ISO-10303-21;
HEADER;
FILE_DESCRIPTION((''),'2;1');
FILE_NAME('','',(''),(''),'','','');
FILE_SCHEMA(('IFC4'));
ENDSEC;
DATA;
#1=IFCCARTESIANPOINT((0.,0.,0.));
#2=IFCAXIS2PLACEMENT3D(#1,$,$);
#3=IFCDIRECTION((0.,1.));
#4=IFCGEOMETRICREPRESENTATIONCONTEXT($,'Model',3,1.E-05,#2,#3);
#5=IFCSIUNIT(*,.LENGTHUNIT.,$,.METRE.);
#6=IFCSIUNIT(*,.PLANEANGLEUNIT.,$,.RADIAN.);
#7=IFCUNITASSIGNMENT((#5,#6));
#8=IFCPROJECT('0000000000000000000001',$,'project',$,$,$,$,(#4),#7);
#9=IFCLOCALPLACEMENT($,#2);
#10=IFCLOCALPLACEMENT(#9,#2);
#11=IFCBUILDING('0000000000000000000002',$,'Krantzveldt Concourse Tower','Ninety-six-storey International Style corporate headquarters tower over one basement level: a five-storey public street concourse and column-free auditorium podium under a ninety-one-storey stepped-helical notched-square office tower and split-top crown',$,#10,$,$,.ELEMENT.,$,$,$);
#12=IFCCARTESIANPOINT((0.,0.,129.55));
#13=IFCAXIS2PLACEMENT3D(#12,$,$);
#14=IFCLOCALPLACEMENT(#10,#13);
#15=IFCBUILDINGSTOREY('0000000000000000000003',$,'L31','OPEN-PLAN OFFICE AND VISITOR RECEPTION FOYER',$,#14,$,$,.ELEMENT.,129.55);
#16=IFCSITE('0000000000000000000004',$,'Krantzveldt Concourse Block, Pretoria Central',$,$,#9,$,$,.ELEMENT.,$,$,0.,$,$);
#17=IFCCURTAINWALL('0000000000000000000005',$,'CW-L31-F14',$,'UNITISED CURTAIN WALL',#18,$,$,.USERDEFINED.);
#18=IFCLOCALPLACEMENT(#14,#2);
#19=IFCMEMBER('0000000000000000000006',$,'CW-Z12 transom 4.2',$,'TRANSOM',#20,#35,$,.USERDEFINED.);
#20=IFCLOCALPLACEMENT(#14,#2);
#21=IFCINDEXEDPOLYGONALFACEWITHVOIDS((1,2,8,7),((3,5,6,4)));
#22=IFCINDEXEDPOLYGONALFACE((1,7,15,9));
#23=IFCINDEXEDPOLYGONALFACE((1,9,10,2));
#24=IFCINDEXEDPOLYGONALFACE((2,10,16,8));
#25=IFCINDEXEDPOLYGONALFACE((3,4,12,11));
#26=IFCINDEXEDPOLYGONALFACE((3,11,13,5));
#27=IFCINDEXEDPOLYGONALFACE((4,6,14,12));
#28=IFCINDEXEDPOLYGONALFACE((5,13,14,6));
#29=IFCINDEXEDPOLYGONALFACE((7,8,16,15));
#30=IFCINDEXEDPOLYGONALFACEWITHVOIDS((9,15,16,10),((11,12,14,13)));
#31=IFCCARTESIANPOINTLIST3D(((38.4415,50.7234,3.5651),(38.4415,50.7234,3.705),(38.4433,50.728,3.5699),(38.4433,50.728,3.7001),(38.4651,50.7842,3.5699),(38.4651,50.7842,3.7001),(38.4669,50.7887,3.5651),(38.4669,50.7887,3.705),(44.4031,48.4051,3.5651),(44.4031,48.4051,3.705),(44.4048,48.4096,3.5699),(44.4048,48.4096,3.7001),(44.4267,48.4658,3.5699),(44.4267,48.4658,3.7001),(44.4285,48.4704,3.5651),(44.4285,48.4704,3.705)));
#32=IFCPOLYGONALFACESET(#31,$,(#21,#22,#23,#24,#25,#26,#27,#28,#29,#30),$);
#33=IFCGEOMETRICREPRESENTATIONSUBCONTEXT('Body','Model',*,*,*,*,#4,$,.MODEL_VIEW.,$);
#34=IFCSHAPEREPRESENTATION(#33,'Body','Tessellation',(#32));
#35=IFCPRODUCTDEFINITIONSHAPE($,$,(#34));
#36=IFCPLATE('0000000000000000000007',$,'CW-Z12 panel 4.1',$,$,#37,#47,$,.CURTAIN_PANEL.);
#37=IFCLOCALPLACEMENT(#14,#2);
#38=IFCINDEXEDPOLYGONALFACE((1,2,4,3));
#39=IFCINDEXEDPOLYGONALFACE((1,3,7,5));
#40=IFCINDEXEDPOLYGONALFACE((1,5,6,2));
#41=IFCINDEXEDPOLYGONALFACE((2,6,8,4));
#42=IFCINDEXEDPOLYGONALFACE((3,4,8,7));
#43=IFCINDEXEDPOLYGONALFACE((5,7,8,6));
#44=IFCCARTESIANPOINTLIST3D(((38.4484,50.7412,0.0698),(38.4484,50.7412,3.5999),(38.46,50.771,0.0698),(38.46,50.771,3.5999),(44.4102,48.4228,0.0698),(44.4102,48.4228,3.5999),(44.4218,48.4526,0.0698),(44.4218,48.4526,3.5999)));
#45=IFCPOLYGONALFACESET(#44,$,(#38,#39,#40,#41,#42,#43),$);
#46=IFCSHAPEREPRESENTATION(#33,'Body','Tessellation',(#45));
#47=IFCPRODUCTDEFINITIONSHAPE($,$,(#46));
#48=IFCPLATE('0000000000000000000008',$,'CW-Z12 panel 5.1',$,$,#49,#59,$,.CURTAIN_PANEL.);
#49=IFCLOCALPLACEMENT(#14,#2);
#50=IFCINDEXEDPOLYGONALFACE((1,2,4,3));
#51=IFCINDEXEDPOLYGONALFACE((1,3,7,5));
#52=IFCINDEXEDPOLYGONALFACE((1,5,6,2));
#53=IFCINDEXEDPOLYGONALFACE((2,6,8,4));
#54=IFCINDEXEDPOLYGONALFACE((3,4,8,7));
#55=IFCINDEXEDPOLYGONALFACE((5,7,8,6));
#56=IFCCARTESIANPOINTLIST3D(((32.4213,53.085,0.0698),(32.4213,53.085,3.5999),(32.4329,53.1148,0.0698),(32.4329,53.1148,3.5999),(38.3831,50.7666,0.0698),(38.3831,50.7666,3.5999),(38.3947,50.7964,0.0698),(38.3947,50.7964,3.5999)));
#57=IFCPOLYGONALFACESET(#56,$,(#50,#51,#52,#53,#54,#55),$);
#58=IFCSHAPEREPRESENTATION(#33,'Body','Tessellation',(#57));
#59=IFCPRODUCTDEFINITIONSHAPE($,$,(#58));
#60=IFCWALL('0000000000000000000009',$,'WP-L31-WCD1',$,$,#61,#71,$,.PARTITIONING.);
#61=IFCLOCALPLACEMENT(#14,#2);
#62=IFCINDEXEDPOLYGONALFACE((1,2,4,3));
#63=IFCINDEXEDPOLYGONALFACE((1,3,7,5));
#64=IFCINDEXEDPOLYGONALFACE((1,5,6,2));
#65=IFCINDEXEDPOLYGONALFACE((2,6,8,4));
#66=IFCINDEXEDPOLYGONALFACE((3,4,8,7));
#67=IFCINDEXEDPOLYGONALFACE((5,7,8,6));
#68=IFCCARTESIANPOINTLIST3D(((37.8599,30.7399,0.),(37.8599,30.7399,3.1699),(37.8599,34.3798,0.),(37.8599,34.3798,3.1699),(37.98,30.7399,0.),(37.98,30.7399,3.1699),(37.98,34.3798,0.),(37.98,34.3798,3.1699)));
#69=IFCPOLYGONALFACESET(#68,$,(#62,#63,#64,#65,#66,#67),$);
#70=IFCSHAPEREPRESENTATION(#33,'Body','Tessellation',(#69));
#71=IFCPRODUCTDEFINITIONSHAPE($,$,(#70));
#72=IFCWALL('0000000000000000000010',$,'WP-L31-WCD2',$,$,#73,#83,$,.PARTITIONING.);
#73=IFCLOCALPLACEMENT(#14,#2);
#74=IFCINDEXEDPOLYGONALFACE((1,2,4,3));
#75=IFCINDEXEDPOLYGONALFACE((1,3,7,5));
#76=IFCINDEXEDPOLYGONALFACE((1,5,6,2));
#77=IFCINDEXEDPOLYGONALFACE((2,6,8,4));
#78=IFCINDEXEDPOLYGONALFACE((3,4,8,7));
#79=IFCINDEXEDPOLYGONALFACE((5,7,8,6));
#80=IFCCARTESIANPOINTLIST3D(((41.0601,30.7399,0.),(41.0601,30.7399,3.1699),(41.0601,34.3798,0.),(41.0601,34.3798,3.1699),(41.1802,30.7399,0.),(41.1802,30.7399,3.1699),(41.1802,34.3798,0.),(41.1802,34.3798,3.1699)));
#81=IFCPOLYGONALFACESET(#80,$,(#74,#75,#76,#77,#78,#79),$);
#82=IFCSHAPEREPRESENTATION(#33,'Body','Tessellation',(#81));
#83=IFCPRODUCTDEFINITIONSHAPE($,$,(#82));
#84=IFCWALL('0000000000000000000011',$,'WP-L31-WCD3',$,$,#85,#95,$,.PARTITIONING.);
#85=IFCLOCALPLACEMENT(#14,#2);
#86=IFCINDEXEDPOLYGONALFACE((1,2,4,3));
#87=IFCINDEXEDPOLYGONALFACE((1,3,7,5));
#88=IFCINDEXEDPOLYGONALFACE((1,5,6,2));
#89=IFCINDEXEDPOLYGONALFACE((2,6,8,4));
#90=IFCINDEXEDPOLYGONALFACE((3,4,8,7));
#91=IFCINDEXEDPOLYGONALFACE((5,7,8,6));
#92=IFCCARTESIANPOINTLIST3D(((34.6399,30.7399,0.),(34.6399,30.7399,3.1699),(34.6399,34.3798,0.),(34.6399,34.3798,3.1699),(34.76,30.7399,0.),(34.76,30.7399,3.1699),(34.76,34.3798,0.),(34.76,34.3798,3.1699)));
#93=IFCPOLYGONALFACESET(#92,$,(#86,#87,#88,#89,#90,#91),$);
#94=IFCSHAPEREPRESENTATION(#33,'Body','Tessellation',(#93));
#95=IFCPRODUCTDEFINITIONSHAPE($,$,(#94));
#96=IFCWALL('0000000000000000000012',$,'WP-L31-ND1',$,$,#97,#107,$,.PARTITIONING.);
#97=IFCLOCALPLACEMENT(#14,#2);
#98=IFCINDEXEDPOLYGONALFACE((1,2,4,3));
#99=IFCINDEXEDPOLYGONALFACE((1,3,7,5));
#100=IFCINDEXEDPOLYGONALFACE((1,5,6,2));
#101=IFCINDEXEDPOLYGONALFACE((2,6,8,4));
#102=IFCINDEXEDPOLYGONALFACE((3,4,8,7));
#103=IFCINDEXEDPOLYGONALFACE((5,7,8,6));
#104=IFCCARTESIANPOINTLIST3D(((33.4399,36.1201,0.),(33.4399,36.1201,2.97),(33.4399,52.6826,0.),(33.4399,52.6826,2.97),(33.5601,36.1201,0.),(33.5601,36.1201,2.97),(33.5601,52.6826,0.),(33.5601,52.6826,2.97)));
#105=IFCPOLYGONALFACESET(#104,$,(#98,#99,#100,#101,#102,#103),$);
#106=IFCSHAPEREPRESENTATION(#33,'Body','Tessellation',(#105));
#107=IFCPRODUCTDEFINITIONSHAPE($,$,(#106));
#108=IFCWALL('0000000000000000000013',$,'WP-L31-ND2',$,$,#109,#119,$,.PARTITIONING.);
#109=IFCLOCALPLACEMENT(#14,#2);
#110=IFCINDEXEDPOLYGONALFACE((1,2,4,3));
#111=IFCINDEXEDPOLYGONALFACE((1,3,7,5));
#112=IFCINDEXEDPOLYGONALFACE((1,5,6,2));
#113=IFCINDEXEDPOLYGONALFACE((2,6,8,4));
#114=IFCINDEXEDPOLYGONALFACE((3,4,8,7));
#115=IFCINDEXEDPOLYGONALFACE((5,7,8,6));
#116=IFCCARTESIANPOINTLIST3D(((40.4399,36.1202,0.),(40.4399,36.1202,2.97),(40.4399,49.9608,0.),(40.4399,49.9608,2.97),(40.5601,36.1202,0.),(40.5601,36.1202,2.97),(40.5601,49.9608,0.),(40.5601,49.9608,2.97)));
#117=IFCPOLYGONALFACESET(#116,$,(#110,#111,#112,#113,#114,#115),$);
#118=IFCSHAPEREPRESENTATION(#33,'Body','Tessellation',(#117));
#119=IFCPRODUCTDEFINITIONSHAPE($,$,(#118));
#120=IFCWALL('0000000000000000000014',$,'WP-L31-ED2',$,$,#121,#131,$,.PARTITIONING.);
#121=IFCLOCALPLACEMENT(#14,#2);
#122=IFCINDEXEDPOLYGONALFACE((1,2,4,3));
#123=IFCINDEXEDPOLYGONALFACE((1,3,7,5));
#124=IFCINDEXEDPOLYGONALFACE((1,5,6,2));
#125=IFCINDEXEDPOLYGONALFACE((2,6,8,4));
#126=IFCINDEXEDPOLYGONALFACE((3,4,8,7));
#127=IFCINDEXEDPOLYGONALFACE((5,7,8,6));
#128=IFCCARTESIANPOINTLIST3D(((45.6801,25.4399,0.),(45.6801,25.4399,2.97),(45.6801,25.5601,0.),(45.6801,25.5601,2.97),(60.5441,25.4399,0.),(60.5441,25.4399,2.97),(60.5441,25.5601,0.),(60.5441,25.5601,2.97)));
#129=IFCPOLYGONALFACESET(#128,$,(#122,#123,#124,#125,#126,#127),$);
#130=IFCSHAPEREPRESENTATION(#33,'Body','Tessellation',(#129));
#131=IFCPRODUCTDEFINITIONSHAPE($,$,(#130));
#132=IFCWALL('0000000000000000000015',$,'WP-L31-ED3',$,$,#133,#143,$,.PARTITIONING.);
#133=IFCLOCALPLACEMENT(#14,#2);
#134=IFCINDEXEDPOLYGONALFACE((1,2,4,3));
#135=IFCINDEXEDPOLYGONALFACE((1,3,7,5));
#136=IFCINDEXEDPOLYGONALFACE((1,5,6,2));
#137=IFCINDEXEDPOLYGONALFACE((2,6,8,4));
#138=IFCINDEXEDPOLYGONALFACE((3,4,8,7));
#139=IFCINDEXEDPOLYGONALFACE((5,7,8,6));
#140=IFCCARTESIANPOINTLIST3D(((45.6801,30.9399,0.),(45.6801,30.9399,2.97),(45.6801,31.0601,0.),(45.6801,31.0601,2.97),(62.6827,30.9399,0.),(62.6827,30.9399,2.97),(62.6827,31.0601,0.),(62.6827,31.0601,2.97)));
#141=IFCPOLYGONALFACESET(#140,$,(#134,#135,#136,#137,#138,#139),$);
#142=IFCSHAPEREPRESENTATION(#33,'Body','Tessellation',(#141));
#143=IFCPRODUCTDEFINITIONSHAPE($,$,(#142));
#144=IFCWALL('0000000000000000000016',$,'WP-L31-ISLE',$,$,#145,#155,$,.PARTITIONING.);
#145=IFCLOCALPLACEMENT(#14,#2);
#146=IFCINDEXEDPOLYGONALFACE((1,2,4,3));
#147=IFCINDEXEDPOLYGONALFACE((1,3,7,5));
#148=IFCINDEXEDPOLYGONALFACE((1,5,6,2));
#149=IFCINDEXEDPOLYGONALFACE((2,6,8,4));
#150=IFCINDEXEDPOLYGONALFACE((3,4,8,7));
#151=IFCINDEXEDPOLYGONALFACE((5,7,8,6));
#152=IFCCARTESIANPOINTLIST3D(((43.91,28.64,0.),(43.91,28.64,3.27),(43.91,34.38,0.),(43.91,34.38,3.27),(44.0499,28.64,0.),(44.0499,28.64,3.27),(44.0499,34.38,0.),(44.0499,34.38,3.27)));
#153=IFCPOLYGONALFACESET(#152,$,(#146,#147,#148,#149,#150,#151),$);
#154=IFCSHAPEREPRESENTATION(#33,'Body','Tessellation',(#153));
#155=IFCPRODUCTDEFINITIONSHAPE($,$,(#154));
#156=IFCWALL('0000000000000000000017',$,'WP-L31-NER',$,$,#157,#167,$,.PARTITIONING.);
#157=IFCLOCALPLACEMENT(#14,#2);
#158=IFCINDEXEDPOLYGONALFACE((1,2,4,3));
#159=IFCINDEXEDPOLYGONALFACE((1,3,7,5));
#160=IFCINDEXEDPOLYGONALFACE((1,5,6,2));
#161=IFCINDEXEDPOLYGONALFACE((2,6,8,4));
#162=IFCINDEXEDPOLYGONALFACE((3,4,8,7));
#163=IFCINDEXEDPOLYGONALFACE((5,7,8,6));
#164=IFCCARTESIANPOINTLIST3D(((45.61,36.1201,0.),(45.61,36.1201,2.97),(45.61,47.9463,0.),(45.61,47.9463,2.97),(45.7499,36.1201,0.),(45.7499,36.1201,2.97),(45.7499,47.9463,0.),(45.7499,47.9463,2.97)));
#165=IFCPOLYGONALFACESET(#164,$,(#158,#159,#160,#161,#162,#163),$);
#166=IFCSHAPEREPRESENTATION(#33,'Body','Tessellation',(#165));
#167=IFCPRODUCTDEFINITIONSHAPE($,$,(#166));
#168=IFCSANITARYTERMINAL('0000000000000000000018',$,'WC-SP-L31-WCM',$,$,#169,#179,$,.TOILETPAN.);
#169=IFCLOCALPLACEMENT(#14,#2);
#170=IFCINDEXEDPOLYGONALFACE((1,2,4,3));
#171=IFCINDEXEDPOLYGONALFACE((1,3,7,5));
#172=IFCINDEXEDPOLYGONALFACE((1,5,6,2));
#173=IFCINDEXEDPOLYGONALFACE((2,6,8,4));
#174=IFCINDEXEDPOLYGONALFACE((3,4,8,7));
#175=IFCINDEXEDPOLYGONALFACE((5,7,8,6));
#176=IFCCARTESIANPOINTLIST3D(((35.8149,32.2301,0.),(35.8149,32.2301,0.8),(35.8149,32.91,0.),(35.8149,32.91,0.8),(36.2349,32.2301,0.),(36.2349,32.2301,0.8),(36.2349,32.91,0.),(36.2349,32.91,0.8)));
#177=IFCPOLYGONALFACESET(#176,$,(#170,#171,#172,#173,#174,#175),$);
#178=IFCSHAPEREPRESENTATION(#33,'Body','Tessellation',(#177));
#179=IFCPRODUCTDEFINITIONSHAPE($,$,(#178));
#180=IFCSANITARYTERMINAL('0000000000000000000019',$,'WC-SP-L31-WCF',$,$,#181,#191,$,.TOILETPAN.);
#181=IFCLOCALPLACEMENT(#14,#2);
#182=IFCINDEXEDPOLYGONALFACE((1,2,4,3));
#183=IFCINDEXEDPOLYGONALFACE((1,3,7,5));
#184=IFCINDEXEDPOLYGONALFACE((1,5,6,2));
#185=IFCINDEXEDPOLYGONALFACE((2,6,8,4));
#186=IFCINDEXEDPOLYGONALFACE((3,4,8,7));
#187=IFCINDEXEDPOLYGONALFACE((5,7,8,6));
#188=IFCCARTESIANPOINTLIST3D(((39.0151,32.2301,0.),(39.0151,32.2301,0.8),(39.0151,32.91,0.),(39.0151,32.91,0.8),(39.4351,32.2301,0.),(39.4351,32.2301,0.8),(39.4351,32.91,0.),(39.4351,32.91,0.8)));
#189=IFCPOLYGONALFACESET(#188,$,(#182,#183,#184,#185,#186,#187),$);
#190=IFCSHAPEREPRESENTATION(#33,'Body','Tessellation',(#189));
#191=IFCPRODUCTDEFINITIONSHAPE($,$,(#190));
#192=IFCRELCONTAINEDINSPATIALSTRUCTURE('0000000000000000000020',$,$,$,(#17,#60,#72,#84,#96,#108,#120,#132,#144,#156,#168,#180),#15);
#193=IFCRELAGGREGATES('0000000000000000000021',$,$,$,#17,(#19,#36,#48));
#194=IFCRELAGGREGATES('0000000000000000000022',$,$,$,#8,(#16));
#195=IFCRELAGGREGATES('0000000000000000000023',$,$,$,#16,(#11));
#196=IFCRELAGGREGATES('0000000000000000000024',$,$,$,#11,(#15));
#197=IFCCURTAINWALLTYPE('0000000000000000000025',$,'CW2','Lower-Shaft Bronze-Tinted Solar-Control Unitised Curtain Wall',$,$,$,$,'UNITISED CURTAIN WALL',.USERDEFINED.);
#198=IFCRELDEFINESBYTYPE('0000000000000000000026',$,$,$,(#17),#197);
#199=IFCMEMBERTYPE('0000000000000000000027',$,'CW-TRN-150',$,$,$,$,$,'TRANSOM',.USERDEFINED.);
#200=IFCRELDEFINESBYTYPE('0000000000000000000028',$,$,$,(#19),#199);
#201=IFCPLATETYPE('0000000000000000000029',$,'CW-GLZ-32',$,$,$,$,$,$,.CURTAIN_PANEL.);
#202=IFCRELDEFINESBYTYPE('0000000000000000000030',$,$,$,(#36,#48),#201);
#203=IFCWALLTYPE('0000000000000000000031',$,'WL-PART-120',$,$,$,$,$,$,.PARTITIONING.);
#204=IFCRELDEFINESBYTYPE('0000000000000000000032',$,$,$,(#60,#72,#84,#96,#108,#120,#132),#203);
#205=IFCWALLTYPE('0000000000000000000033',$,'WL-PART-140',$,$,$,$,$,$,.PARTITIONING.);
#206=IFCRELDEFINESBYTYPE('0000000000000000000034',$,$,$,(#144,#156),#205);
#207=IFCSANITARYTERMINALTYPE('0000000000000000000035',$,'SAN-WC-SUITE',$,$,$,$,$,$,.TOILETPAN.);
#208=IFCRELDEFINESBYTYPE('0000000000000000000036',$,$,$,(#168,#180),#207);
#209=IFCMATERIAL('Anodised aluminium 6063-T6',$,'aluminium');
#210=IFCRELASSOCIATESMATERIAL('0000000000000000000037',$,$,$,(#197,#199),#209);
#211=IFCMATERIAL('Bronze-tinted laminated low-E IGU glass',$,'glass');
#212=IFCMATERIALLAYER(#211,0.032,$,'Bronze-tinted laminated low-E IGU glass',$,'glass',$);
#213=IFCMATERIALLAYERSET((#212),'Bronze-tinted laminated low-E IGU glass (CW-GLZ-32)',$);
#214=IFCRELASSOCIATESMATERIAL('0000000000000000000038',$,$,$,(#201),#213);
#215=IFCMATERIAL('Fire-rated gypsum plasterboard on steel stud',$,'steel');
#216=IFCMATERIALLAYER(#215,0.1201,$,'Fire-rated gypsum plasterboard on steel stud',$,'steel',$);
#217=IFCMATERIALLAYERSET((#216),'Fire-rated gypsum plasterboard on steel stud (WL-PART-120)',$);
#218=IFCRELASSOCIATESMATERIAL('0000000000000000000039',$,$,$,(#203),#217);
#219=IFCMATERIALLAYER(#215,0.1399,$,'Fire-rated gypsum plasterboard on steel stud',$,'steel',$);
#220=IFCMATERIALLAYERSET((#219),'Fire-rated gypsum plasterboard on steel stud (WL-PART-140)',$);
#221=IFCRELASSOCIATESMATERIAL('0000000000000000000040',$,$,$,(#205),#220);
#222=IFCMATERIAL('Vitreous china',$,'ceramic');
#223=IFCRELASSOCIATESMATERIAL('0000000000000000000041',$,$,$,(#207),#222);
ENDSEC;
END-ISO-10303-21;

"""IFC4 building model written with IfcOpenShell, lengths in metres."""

from ifc_helpers import new_model, si_unit, direction, frame, frame_2d, origin, origin_2d, place, context, subcontext, project, spatial, rectangle, hollow_rectangle, extrude, source, transform, mapped, material, layer, layer_set, material_profile, profile_set, type_object, type_shapes, element, aggregate, save


model = new_model("IFC4")

# Units and contexts
model_context = context("Model", 3, precision=1e-05, world=origin(), true_north=direction((0.0, 1.0)))
body_context = subcontext(model_context, "Body", "Model", "MODEL_VIEW")
ifc_project = project(units=[si_unit("LENGTHUNIT", "METRE"), si_unit("PLANEANGLEUNIT", "RADIAN")], contexts=[model_context])

# Site, building, storey
site_placement = place(None, origin())
site = spatial("IfcSite", under=ifc_project, at=site_placement, Name="Krantzveldt Concourse Block, Pretoria Central", CompositionType="ELEMENT", RefElevation=0.0)
building_placement = place(site_placement, origin())
building = spatial("IfcBuilding", under=site, at=building_placement, Name="Krantzveldt Concourse Tower", Description="Ninety-six-storey International Style corporate headquarters tower over one basement level: a five-storey public street concourse and column-free auditorium podium under a ninety-one-storey stepped-helical notched-square office tower and split-top crown", CompositionType="ELEMENT")
storey_placement = place(building_placement, frame((0.0, 0.0, 129.55)))
storey = spatial("IfcBuildingStorey", under=building, at=storey_placement, Name="L31", Description="OPEN-PLAN OFFICE AND VISITOR RECEPTION FOYER", CompositionType="ELEMENT", Elevation=129.55)

# Curtain wall, member, plates
ifc_material_1 = material(Name="Anodised aluminium 6063-T6", Category="aluminium")
curtain_wall_type = type_object("IfcCurtainWallType", Name="CW2", Description="Lower-Shaft Bronze-Tinted Solar-Control Unitised Curtain Wall", ElementType="UNITISED CURTAIN WALL", PredefinedType="USERDEFINED", material=ifc_material_1)
curtain_wall_placement = place(storey_placement, origin())
curtain_wall = element("IfcCurtainWall", 1, at=curtain_wall_placement, inside=storey, type_object=curtain_wall_type, Name="CW-L31-F14", ObjectType="UNITISED CURTAIN WALL", PredefinedType="USERDEFINED")
ifc_material_profile_1 = material_profile(ifc_material_1, hollow_rectangle(XDim=0.0701, YDim=0.1399, WallThickness=0.0049, at=origin_2d()), Name="Anodised aluminium 6063-T6", Category="aluminium")
ifc_profile_set_1 = profile_set([ifc_material_profile_1], Name="Anodised aluminium 6063-T6 - ALU-TRAN 140x70x5")
member_type_1 = type_object("IfcMemberType", Name="CW-TRN-150", ElementType="TRANSOM", PredefinedType="USERDEFINED", material=ifc_profile_set_1)
shared_shape_1 = source(origin(), body_context, "Body", "SweptSolid", [
    extrude(hollow_rectangle(XDim=0.0701, YDim=0.1399, WallThickness=0.0049, at=origin_2d()), origin(), (0.0, 0.0, 1.0), 6.3965),
])
member_1_placement = place(storey_placement, frame((44.4158, 48.4377, 3.635), z_axis=(-0.932008, 0.362437, 0.0), x_axis=(-0.362437, -0.932008, 0.0)))
member_1 = element("IfcMember", 2, at=member_1_placement, type_object=member_type_1, Name="CW-Z12 transom 4.2", ObjectType="TRANSOM", PredefinedType="USERDEFINED", context=body_context, shape_type="MappedRepresentation", body=[
    mapped(shared_shape_1, transform((0.0, 0.0, 0.0), x_axis=(1.0, 0.0, 0.0), y_axis=(0.0, 1.0, 0.0), z_axis=(0.0, 0.0, 1.0), scale=1.0)),
])
ifc_material_2 = material(Name="Bronze-tinted laminated low-E IGU glass", Category="glass")
ifc_layer_1 = layer(ifc_material_2, 0.032, Name="Bronze-tinted laminated low-E IGU glass", Category="glass")
ifc_layer_set_1 = layer_set([ifc_layer_1], Name="Bronze-tinted laminated low-E IGU glass (CW-GLZ-32)")
plate_type = type_object("IfcPlateType", Name="CW-GLZ-32", PredefinedType="CURTAIN_PANEL", material=ifc_layer_set_1)
shared_shape_2 = source(origin(), body_context, "Body", "SweptSolid", [
    extrude(rectangle(XDim=6.3967, YDim=0.032, at=origin_2d()), origin(), (0.0, 0.0, 1.0), 3.53),
])
type_shapes(plate_type, [shared_shape_2])
plate_1_placement = place(storey_placement, frame((41.4351, 49.5969, 0.0698), z_axis=(0.0, 0.0, 1.0), x_axis=(-0.932008, 0.362438, 0.0)))
plate_1 = element("IfcPlate", 3, at=plate_1_placement, type_object=plate_type, Name="CW-Z12 panel 4.1", PredefinedType="CURTAIN_PANEL", context=body_context, shape_type="MappedRepresentation", body=[
    mapped(shared_shape_2, transform((0.0, 0.0, 0.0), x_axis=(1.0, 0.0, 0.0), y_axis=(0.0, 1.0, 0.0), z_axis=(0.0, 0.0, 1.0), scale=1.0)),
])
plate_2_placement = place(storey_placement, frame((35.408, 51.9407, 0.0698), z_axis=(0.0, 0.0, 1.0), x_axis=(-0.932008, 0.362438, 0.0)))
plate_2 = element("IfcPlate", 4, at=plate_2_placement, type_object=plate_type, Name="CW-Z12 panel 5.1", PredefinedType="CURTAIN_PANEL", context=body_context, shape_type="MappedRepresentation", body=[
    mapped(shared_shape_2, transform((0.0, 0.0, 0.0), x_axis=(1.0, 0.0, 0.0), y_axis=(0.0, 1.0, 0.0), z_axis=(0.0, 0.0, 1.0), scale=1.0)),
])
aggregate(curtain_wall, [member_1, plate_1, plate_2])

# Walls
ifc_material_3 = material(Name="Fire-rated gypsum plasterboard on steel stud", Category="steel")
ifc_layer_2 = layer(ifc_material_3, 0.1201, Name="Fire-rated gypsum plasterboard on steel stud", Category="steel")
ifc_layer_set_2 = layer_set([ifc_layer_2], Name="Fire-rated gypsum plasterboard on steel stud (WL-PART-120)")
wall_type_1 = type_object("IfcWallType", Name="WL-PART-120", PredefinedType="PARTITIONING", material=ifc_layer_set_2)
for number, where, z_axis, x_axis, name in (
    (5, (37.9199, 30.74, 0.0), (0.0, 0.0, 1.0), (0.0, 1.0, 0.0), "WP-L31-WCD1"),
    (6, (41.1201, 30.74, 0.0), (0.0, 0.0, 1.0), (0.0, 1.0, 0.0), "WP-L31-WCD2"),
    (7, (34.7, 30.74, 0.0), (0.0, 0.0, 1.0), (0.0, 1.0, 0.0), "WP-L31-WCD3"),
):
    element("IfcWall", number, at=place(storey_placement, frame(where, z_axis=z_axis, x_axis=x_axis)), inside=storey, type_object=wall_type_1, Name=name, PredefinedType="PARTITIONING", context=body_context, shape_type="SweptSolid", body=[
        extrude(rectangle(XDim=3.6399, YDim=0.1201, at=frame_2d((1.8198, 0.0))), origin(), (0.0, 0.0, 1.0), 3.1699),
    ])
wall_1_placement = place(storey_placement, frame((33.5, 36.1201, 0.0), z_axis=(0.0, 0.0, 1.0), x_axis=(0.0, 1.0, 0.0)))
element("IfcWall", 8, at=wall_1_placement, inside=storey, type_object=wall_type_1, Name="WP-L31-ND1", PredefinedType="PARTITIONING", context=body_context, shape_type="SweptSolid", body=[
    extrude(rectangle(XDim=16.5625, YDim=0.1201, at=frame_2d((8.2812, 0.0))), origin(), (0.0, 0.0, 1.0), 2.97),
])
wall_2_placement = place(storey_placement, frame((40.5, 36.1201, 0.0), z_axis=(0.0, 0.0, 1.0), x_axis=(0.0, 1.0, 0.0)))
element("IfcWall", 9, at=wall_2_placement, inside=storey, type_object=wall_type_1, Name="WP-L31-ND2", PredefinedType="PARTITIONING", context=body_context, shape_type="SweptSolid", body=[
    extrude(rectangle(XDim=13.8406, YDim=0.1201, at=frame_2d((6.9204, 0.0))), origin(), (0.0, 0.0, 1.0), 2.97),
])
wall_3_placement = place(storey_placement, frame((45.6799, 25.5, 0.0), z_axis=(0.0, 0.0, 1.0), x_axis=(1.0, 0.0, 0.0)))
element("IfcWall", 10, at=wall_3_placement, inside=storey, type_object=wall_type_1, Name="WP-L31-ED2", PredefinedType="PARTITIONING", context=body_context, shape_type="SweptSolid", body=[
    extrude(rectangle(XDim=14.864, YDim=0.1201, at=frame_2d((7.4321, 0.0))), origin(), (0.0, 0.0, 1.0), 2.97),
])
wall_4_placement = place(storey_placement, frame((45.6799, 31.0, 0.0), z_axis=(0.0, 0.0, 1.0), x_axis=(1.0, 0.0, 0.0)))
element("IfcWall", 11, at=wall_4_placement, inside=storey, type_object=wall_type_1, Name="WP-L31-ED3", PredefinedType="PARTITIONING", context=body_context, shape_type="SweptSolid", body=[
    extrude(rectangle(XDim=17.0027, YDim=0.1201, at=frame_2d((8.5015, 0.0))), origin(), (0.0, 0.0, 1.0), 2.97),
])
ifc_layer_3 = layer(ifc_material_3, 0.1399, Name="Fire-rated gypsum plasterboard on steel stud", Category="steel")
ifc_layer_set_3 = layer_set([ifc_layer_3], Name="Fire-rated gypsum plasterboard on steel stud (WL-PART-140)")
wall_type_2 = type_object("IfcWallType", Name="WL-PART-140", PredefinedType="PARTITIONING", material=ifc_layer_set_3)
wall_5_placement = place(storey_placement, frame((43.98, 28.6399, 0.0), z_axis=(0.0, 0.0, 1.0), x_axis=(0.0, 1.0, 0.0)))
element("IfcWall", 12, at=wall_5_placement, inside=storey, type_object=wall_type_2, Name="WP-L31-ISLE", PredefinedType="PARTITIONING", context=body_context, shape_type="SweptSolid", body=[
    extrude(rectangle(XDim=5.74, YDim=0.1399, at=frame_2d((2.8701, 0.0))), origin(), (0.0, 0.0, 1.0), 3.27),
])
wall_6_placement = place(storey_placement, frame((45.6799, 36.1201, 0.0), z_axis=(0.0, 0.0, 1.0), x_axis=(0.0, 1.0, 0.0)))
element("IfcWall", 13, at=wall_6_placement, inside=storey, type_object=wall_type_2, Name="WP-L31-NER", PredefinedType="PARTITIONING", context=body_context, shape_type="SweptSolid", body=[
    extrude(rectangle(XDim=11.8262, YDim=0.1399, at=frame_2d((5.9131, 0.0))), origin(), (0.0, 0.0, 1.0), 2.97),
])

# Sanitary terminals
ifc_material_4 = material(Name="Vitreous china", Category="ceramic")
sanitary_terminal_type_1 = type_object("IfcSanitaryTerminalType", Name="SAN-WC-SUITE", PredefinedType="TOILETPAN", material=ifc_material_4)
shared_shape_3 = source(origin(), body_context, "Body", "SweptSolid", [
    extrude(rectangle(XDim=0.4199, YDim=0.6799, at=origin_2d()), origin(), (0.0, 0.0, 1.0), 0.8),
])
type_shapes(sanitary_terminal_type_1, [shared_shape_3])
for number, where, z_axis, x_axis, name in (
    (14, (36.0249, 32.5701, 0.0), (0.0, 0.0, 1.0), (1.0, 0.0, 0.0), "WC-SP-L31-WCM"),
    (15, (39.2251, 32.5701, 0.0), (0.0, 0.0, 1.0), (1.0, 0.0, 0.0), "WC-SP-L31-WCF"),
):
    element("IfcSanitaryTerminal", number, at=place(storey_placement, frame(where, z_axis=z_axis, x_axis=x_axis)), inside=storey, type_object=sanitary_terminal_type_1, Name=name, PredefinedType="TOILETPAN", context=body_context, shape_type="MappedRepresentation", body=[
        mapped(shared_shape_3, transform((0.0, 0.0, 0.0), x_axis=(1.0, 0.0, 0.0), y_axis=(0.0, 1.0, 0.0), z_axis=(0.0, 0.0, 1.0), scale=1.0)),
    ])

save(model, "model.ifc")
